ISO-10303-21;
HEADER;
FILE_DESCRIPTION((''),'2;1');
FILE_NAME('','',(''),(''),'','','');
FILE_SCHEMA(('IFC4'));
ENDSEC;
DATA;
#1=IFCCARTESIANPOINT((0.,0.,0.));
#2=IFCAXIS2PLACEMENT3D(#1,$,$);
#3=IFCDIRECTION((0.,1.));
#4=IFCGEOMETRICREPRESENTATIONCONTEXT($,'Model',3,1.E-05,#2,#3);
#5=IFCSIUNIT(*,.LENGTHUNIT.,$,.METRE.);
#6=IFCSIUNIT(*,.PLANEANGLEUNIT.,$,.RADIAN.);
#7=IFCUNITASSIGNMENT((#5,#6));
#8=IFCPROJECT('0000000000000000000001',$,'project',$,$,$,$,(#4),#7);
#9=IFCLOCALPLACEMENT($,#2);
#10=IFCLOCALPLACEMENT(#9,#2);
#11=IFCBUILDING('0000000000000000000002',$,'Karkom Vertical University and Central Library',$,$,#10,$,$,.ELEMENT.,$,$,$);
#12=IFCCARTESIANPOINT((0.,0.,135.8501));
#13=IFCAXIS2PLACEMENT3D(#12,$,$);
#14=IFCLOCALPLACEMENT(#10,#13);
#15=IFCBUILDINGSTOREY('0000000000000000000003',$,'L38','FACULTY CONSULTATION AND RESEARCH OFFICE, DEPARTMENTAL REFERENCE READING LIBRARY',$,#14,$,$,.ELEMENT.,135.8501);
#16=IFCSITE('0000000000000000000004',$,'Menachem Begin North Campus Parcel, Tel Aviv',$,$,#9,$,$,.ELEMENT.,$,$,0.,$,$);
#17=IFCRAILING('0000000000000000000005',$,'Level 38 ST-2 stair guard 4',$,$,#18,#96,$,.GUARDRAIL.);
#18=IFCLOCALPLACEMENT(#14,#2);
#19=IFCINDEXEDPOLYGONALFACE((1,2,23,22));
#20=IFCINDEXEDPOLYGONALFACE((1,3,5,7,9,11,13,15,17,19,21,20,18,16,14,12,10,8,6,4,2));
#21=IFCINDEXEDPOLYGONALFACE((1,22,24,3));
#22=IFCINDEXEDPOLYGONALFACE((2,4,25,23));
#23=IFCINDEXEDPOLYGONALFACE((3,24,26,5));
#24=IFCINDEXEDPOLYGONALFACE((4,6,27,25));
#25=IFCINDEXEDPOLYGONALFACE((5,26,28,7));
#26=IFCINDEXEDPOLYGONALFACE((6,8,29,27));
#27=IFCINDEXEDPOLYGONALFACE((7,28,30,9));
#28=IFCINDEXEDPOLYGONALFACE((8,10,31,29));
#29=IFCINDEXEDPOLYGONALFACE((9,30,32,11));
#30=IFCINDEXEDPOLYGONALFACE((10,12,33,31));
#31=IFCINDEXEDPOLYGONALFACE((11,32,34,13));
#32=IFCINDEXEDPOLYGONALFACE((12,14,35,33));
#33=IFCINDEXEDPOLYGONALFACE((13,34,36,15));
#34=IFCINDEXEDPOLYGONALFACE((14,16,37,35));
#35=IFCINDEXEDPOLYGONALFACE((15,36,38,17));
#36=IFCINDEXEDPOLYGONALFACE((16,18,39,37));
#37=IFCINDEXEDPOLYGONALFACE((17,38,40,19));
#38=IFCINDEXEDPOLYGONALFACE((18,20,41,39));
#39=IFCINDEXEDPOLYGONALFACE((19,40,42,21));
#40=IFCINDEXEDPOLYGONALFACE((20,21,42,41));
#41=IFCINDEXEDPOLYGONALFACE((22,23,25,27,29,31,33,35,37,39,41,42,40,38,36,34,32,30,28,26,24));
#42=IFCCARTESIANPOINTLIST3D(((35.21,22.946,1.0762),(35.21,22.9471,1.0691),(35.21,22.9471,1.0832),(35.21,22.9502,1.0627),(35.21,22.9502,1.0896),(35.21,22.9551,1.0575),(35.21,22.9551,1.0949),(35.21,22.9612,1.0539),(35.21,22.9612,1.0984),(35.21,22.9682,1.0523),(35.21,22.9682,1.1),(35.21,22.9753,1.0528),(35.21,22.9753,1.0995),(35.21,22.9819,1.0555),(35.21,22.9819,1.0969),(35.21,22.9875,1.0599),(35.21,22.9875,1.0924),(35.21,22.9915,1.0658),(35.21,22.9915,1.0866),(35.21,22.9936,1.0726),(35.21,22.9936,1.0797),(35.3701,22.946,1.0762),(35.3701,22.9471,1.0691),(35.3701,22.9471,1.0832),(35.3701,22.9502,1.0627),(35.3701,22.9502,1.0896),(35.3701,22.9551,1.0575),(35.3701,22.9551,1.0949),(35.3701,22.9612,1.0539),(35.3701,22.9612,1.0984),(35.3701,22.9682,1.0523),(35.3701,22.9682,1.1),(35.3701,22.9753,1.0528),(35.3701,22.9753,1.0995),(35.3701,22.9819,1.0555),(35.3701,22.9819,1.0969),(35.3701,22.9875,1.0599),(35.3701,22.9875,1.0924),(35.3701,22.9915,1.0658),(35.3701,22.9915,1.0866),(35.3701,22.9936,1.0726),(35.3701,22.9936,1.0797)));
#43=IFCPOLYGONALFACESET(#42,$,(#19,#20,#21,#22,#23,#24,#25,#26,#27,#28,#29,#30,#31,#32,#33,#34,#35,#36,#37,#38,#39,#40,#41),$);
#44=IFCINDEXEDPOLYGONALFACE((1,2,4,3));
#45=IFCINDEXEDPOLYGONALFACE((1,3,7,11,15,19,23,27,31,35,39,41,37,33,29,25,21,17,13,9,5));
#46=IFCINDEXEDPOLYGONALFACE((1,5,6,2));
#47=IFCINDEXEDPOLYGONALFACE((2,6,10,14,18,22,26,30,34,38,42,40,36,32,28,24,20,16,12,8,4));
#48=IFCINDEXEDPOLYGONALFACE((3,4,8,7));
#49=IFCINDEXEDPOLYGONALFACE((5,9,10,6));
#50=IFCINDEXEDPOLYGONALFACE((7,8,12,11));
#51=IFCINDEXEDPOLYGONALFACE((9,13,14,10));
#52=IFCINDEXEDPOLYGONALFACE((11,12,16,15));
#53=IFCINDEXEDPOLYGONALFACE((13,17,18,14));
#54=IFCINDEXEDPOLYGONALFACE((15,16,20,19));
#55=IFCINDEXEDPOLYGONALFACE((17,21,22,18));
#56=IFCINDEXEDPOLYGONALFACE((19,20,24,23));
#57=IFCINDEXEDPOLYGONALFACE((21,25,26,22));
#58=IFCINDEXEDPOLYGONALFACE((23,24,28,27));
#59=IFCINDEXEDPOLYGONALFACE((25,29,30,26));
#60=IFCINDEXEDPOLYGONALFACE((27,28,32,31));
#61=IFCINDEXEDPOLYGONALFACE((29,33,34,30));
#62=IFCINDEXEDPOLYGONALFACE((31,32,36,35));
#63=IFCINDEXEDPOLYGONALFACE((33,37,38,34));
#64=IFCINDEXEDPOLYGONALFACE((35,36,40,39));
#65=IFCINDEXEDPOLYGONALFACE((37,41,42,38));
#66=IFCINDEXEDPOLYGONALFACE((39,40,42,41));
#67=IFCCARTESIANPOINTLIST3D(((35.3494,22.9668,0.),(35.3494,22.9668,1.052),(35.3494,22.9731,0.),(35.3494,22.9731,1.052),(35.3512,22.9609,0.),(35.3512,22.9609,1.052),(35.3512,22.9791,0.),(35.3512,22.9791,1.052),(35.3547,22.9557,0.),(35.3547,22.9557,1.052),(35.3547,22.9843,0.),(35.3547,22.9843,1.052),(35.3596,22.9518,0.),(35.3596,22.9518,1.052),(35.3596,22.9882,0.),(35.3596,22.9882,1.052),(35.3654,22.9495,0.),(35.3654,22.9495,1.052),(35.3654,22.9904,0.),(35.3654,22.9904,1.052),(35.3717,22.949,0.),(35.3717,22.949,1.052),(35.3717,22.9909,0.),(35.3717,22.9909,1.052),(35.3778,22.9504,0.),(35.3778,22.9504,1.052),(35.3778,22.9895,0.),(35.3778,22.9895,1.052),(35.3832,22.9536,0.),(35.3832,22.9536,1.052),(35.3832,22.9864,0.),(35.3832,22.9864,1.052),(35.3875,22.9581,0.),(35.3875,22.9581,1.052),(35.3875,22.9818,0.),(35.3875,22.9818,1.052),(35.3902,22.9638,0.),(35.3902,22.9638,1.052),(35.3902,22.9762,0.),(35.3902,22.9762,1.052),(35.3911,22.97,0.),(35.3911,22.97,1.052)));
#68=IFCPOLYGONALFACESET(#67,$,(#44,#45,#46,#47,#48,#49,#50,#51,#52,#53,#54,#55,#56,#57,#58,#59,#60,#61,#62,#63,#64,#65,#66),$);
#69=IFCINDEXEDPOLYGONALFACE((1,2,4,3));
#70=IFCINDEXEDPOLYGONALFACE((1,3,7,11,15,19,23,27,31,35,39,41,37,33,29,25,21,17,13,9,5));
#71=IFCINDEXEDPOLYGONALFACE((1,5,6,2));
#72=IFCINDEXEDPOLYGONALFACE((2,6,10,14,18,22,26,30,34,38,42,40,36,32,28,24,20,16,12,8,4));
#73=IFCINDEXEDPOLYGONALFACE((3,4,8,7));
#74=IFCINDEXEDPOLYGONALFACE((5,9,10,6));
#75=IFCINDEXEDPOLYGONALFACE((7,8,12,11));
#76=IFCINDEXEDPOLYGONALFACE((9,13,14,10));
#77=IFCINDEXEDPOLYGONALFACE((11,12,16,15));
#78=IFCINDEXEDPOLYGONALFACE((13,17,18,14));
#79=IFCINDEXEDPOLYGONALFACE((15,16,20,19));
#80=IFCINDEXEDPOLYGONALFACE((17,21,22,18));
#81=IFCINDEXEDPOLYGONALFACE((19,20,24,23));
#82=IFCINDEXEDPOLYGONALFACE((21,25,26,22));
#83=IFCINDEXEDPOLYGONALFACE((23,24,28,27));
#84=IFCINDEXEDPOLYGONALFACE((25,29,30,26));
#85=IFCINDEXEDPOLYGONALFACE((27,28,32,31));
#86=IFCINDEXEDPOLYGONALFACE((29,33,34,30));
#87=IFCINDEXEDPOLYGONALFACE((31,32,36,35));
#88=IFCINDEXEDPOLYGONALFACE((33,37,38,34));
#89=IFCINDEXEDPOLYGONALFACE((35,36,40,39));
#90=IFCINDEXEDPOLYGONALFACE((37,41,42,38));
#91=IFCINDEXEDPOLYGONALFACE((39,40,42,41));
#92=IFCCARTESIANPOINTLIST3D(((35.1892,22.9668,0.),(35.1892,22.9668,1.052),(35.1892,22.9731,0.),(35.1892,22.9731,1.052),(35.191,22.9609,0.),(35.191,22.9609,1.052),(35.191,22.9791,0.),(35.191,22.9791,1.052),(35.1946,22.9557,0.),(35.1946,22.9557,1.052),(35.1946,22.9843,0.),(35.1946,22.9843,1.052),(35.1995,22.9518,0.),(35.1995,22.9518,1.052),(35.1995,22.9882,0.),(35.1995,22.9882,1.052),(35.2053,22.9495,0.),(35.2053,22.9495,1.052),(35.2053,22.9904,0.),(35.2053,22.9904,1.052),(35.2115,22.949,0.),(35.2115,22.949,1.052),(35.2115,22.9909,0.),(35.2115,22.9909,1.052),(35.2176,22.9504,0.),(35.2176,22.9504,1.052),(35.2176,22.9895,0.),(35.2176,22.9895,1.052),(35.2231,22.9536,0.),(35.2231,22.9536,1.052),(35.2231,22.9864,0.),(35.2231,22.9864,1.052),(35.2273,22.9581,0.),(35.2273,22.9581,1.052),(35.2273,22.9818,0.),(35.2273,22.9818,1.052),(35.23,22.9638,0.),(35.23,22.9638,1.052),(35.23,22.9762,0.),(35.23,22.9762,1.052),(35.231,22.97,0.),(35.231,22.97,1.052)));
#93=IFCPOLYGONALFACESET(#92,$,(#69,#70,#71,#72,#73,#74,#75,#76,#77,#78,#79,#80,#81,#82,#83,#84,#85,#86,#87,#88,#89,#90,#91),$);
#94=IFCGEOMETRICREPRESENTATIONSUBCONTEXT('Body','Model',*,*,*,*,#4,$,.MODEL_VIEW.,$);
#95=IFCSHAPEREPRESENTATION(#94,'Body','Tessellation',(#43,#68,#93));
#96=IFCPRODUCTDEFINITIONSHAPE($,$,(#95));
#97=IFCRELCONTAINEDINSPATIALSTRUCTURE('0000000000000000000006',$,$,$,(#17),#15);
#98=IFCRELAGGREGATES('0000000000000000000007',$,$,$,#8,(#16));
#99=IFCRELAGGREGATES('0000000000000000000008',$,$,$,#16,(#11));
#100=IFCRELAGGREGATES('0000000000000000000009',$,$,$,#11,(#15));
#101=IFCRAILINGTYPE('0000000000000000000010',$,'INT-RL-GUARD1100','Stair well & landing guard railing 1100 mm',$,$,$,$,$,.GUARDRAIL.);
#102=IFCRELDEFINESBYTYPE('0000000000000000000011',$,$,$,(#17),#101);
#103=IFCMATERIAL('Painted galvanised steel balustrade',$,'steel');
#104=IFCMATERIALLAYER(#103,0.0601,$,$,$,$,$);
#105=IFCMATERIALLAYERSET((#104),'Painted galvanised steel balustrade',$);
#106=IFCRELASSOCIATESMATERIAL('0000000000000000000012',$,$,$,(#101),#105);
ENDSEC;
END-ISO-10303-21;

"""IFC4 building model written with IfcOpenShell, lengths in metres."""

from ifc_helpers import new_model, si_unit, direction, frame, origin, origin_2d, place, context, subcontext, project, spatial, circle, extrude, material, layer, layer_set, type_object, element, save


model = new_model("IFC4")

# Units and contexts
model_context = context("Model", 3, precision=1e-05, world=origin(), true_north=direction((0.0, 1.0)))
body_context = subcontext(model_context, "Body", "Model", "MODEL_VIEW")
ifc_project = project(units=[si_unit("LENGTHUNIT", "METRE"), si_unit("PLANEANGLEUNIT", "RADIAN")], contexts=[model_context])

# Site, building, storey
site_placement = place(None, origin())
site = spatial("IfcSite", under=ifc_project, at=site_placement, Name="Menachem Begin North Campus Parcel, Tel Aviv", CompositionType="ELEMENT", RefElevation=0.0)
building_placement = place(site_placement, origin())
building = spatial("IfcBuilding", under=site, at=building_placement, Name="Karkom Vertical University and Central Library", CompositionType="ELEMENT")
storey_placement = place(building_placement, frame((0.0, 0.0, 135.8501)))
storey = spatial("IfcBuildingStorey", under=building, at=storey_placement, Name="L38", Description="FACULTY CONSULTATION AND RESEARCH OFFICE, DEPARTMENTAL REFERENCE READING LIBRARY", CompositionType="ELEMENT", Elevation=135.8501)

# Railing
ifc_material_1 = material(Name="Painted galvanised steel balustrade", Category="steel")
ifc_layer_1 = layer(ifc_material_1, 0.0601)
ifc_layer_set_1 = layer_set([ifc_layer_1], Name="Painted galvanised steel balustrade")
railing_type_1 = type_object("IfcRailingType", Name="INT-RL-GUARD1100", Description="Stair well & landing guard railing 1100 mm", PredefinedType="GUARDRAIL", material=ifc_layer_set_1)
railing_1_placement = place(storey_placement, frame((35.3701, 22.97, 0.0)))
element("IfcRailing", 1, at=railing_1_placement, inside=storey, type_object=railing_type_1, Name="Level 38 ST-2 stair guard 4", PredefinedType="GUARDRAIL", context=body_context, shape_type="SweptSolid", body=[
    extrude(circle(Radius=0.0239, at=origin_2d()), frame((0.0, 0.0, 1.0762), z_axis=(-1.0, 0.0, 0.0), x_axis=(0.0, -1.0, 0.0)), (0.0, 0.0, 1.0), 0.1602),
    extrude(circle(Radius=0.021, at=origin_2d()), origin(), (0.0, 0.0, 1.0), 1.052),
    extrude(circle(Radius=0.021, at=origin_2d()), frame((-0.1602, 0.0, 0.0)), (0.0, 0.0, 1.0), 1.052),
])

save(model, "model.ifc")
